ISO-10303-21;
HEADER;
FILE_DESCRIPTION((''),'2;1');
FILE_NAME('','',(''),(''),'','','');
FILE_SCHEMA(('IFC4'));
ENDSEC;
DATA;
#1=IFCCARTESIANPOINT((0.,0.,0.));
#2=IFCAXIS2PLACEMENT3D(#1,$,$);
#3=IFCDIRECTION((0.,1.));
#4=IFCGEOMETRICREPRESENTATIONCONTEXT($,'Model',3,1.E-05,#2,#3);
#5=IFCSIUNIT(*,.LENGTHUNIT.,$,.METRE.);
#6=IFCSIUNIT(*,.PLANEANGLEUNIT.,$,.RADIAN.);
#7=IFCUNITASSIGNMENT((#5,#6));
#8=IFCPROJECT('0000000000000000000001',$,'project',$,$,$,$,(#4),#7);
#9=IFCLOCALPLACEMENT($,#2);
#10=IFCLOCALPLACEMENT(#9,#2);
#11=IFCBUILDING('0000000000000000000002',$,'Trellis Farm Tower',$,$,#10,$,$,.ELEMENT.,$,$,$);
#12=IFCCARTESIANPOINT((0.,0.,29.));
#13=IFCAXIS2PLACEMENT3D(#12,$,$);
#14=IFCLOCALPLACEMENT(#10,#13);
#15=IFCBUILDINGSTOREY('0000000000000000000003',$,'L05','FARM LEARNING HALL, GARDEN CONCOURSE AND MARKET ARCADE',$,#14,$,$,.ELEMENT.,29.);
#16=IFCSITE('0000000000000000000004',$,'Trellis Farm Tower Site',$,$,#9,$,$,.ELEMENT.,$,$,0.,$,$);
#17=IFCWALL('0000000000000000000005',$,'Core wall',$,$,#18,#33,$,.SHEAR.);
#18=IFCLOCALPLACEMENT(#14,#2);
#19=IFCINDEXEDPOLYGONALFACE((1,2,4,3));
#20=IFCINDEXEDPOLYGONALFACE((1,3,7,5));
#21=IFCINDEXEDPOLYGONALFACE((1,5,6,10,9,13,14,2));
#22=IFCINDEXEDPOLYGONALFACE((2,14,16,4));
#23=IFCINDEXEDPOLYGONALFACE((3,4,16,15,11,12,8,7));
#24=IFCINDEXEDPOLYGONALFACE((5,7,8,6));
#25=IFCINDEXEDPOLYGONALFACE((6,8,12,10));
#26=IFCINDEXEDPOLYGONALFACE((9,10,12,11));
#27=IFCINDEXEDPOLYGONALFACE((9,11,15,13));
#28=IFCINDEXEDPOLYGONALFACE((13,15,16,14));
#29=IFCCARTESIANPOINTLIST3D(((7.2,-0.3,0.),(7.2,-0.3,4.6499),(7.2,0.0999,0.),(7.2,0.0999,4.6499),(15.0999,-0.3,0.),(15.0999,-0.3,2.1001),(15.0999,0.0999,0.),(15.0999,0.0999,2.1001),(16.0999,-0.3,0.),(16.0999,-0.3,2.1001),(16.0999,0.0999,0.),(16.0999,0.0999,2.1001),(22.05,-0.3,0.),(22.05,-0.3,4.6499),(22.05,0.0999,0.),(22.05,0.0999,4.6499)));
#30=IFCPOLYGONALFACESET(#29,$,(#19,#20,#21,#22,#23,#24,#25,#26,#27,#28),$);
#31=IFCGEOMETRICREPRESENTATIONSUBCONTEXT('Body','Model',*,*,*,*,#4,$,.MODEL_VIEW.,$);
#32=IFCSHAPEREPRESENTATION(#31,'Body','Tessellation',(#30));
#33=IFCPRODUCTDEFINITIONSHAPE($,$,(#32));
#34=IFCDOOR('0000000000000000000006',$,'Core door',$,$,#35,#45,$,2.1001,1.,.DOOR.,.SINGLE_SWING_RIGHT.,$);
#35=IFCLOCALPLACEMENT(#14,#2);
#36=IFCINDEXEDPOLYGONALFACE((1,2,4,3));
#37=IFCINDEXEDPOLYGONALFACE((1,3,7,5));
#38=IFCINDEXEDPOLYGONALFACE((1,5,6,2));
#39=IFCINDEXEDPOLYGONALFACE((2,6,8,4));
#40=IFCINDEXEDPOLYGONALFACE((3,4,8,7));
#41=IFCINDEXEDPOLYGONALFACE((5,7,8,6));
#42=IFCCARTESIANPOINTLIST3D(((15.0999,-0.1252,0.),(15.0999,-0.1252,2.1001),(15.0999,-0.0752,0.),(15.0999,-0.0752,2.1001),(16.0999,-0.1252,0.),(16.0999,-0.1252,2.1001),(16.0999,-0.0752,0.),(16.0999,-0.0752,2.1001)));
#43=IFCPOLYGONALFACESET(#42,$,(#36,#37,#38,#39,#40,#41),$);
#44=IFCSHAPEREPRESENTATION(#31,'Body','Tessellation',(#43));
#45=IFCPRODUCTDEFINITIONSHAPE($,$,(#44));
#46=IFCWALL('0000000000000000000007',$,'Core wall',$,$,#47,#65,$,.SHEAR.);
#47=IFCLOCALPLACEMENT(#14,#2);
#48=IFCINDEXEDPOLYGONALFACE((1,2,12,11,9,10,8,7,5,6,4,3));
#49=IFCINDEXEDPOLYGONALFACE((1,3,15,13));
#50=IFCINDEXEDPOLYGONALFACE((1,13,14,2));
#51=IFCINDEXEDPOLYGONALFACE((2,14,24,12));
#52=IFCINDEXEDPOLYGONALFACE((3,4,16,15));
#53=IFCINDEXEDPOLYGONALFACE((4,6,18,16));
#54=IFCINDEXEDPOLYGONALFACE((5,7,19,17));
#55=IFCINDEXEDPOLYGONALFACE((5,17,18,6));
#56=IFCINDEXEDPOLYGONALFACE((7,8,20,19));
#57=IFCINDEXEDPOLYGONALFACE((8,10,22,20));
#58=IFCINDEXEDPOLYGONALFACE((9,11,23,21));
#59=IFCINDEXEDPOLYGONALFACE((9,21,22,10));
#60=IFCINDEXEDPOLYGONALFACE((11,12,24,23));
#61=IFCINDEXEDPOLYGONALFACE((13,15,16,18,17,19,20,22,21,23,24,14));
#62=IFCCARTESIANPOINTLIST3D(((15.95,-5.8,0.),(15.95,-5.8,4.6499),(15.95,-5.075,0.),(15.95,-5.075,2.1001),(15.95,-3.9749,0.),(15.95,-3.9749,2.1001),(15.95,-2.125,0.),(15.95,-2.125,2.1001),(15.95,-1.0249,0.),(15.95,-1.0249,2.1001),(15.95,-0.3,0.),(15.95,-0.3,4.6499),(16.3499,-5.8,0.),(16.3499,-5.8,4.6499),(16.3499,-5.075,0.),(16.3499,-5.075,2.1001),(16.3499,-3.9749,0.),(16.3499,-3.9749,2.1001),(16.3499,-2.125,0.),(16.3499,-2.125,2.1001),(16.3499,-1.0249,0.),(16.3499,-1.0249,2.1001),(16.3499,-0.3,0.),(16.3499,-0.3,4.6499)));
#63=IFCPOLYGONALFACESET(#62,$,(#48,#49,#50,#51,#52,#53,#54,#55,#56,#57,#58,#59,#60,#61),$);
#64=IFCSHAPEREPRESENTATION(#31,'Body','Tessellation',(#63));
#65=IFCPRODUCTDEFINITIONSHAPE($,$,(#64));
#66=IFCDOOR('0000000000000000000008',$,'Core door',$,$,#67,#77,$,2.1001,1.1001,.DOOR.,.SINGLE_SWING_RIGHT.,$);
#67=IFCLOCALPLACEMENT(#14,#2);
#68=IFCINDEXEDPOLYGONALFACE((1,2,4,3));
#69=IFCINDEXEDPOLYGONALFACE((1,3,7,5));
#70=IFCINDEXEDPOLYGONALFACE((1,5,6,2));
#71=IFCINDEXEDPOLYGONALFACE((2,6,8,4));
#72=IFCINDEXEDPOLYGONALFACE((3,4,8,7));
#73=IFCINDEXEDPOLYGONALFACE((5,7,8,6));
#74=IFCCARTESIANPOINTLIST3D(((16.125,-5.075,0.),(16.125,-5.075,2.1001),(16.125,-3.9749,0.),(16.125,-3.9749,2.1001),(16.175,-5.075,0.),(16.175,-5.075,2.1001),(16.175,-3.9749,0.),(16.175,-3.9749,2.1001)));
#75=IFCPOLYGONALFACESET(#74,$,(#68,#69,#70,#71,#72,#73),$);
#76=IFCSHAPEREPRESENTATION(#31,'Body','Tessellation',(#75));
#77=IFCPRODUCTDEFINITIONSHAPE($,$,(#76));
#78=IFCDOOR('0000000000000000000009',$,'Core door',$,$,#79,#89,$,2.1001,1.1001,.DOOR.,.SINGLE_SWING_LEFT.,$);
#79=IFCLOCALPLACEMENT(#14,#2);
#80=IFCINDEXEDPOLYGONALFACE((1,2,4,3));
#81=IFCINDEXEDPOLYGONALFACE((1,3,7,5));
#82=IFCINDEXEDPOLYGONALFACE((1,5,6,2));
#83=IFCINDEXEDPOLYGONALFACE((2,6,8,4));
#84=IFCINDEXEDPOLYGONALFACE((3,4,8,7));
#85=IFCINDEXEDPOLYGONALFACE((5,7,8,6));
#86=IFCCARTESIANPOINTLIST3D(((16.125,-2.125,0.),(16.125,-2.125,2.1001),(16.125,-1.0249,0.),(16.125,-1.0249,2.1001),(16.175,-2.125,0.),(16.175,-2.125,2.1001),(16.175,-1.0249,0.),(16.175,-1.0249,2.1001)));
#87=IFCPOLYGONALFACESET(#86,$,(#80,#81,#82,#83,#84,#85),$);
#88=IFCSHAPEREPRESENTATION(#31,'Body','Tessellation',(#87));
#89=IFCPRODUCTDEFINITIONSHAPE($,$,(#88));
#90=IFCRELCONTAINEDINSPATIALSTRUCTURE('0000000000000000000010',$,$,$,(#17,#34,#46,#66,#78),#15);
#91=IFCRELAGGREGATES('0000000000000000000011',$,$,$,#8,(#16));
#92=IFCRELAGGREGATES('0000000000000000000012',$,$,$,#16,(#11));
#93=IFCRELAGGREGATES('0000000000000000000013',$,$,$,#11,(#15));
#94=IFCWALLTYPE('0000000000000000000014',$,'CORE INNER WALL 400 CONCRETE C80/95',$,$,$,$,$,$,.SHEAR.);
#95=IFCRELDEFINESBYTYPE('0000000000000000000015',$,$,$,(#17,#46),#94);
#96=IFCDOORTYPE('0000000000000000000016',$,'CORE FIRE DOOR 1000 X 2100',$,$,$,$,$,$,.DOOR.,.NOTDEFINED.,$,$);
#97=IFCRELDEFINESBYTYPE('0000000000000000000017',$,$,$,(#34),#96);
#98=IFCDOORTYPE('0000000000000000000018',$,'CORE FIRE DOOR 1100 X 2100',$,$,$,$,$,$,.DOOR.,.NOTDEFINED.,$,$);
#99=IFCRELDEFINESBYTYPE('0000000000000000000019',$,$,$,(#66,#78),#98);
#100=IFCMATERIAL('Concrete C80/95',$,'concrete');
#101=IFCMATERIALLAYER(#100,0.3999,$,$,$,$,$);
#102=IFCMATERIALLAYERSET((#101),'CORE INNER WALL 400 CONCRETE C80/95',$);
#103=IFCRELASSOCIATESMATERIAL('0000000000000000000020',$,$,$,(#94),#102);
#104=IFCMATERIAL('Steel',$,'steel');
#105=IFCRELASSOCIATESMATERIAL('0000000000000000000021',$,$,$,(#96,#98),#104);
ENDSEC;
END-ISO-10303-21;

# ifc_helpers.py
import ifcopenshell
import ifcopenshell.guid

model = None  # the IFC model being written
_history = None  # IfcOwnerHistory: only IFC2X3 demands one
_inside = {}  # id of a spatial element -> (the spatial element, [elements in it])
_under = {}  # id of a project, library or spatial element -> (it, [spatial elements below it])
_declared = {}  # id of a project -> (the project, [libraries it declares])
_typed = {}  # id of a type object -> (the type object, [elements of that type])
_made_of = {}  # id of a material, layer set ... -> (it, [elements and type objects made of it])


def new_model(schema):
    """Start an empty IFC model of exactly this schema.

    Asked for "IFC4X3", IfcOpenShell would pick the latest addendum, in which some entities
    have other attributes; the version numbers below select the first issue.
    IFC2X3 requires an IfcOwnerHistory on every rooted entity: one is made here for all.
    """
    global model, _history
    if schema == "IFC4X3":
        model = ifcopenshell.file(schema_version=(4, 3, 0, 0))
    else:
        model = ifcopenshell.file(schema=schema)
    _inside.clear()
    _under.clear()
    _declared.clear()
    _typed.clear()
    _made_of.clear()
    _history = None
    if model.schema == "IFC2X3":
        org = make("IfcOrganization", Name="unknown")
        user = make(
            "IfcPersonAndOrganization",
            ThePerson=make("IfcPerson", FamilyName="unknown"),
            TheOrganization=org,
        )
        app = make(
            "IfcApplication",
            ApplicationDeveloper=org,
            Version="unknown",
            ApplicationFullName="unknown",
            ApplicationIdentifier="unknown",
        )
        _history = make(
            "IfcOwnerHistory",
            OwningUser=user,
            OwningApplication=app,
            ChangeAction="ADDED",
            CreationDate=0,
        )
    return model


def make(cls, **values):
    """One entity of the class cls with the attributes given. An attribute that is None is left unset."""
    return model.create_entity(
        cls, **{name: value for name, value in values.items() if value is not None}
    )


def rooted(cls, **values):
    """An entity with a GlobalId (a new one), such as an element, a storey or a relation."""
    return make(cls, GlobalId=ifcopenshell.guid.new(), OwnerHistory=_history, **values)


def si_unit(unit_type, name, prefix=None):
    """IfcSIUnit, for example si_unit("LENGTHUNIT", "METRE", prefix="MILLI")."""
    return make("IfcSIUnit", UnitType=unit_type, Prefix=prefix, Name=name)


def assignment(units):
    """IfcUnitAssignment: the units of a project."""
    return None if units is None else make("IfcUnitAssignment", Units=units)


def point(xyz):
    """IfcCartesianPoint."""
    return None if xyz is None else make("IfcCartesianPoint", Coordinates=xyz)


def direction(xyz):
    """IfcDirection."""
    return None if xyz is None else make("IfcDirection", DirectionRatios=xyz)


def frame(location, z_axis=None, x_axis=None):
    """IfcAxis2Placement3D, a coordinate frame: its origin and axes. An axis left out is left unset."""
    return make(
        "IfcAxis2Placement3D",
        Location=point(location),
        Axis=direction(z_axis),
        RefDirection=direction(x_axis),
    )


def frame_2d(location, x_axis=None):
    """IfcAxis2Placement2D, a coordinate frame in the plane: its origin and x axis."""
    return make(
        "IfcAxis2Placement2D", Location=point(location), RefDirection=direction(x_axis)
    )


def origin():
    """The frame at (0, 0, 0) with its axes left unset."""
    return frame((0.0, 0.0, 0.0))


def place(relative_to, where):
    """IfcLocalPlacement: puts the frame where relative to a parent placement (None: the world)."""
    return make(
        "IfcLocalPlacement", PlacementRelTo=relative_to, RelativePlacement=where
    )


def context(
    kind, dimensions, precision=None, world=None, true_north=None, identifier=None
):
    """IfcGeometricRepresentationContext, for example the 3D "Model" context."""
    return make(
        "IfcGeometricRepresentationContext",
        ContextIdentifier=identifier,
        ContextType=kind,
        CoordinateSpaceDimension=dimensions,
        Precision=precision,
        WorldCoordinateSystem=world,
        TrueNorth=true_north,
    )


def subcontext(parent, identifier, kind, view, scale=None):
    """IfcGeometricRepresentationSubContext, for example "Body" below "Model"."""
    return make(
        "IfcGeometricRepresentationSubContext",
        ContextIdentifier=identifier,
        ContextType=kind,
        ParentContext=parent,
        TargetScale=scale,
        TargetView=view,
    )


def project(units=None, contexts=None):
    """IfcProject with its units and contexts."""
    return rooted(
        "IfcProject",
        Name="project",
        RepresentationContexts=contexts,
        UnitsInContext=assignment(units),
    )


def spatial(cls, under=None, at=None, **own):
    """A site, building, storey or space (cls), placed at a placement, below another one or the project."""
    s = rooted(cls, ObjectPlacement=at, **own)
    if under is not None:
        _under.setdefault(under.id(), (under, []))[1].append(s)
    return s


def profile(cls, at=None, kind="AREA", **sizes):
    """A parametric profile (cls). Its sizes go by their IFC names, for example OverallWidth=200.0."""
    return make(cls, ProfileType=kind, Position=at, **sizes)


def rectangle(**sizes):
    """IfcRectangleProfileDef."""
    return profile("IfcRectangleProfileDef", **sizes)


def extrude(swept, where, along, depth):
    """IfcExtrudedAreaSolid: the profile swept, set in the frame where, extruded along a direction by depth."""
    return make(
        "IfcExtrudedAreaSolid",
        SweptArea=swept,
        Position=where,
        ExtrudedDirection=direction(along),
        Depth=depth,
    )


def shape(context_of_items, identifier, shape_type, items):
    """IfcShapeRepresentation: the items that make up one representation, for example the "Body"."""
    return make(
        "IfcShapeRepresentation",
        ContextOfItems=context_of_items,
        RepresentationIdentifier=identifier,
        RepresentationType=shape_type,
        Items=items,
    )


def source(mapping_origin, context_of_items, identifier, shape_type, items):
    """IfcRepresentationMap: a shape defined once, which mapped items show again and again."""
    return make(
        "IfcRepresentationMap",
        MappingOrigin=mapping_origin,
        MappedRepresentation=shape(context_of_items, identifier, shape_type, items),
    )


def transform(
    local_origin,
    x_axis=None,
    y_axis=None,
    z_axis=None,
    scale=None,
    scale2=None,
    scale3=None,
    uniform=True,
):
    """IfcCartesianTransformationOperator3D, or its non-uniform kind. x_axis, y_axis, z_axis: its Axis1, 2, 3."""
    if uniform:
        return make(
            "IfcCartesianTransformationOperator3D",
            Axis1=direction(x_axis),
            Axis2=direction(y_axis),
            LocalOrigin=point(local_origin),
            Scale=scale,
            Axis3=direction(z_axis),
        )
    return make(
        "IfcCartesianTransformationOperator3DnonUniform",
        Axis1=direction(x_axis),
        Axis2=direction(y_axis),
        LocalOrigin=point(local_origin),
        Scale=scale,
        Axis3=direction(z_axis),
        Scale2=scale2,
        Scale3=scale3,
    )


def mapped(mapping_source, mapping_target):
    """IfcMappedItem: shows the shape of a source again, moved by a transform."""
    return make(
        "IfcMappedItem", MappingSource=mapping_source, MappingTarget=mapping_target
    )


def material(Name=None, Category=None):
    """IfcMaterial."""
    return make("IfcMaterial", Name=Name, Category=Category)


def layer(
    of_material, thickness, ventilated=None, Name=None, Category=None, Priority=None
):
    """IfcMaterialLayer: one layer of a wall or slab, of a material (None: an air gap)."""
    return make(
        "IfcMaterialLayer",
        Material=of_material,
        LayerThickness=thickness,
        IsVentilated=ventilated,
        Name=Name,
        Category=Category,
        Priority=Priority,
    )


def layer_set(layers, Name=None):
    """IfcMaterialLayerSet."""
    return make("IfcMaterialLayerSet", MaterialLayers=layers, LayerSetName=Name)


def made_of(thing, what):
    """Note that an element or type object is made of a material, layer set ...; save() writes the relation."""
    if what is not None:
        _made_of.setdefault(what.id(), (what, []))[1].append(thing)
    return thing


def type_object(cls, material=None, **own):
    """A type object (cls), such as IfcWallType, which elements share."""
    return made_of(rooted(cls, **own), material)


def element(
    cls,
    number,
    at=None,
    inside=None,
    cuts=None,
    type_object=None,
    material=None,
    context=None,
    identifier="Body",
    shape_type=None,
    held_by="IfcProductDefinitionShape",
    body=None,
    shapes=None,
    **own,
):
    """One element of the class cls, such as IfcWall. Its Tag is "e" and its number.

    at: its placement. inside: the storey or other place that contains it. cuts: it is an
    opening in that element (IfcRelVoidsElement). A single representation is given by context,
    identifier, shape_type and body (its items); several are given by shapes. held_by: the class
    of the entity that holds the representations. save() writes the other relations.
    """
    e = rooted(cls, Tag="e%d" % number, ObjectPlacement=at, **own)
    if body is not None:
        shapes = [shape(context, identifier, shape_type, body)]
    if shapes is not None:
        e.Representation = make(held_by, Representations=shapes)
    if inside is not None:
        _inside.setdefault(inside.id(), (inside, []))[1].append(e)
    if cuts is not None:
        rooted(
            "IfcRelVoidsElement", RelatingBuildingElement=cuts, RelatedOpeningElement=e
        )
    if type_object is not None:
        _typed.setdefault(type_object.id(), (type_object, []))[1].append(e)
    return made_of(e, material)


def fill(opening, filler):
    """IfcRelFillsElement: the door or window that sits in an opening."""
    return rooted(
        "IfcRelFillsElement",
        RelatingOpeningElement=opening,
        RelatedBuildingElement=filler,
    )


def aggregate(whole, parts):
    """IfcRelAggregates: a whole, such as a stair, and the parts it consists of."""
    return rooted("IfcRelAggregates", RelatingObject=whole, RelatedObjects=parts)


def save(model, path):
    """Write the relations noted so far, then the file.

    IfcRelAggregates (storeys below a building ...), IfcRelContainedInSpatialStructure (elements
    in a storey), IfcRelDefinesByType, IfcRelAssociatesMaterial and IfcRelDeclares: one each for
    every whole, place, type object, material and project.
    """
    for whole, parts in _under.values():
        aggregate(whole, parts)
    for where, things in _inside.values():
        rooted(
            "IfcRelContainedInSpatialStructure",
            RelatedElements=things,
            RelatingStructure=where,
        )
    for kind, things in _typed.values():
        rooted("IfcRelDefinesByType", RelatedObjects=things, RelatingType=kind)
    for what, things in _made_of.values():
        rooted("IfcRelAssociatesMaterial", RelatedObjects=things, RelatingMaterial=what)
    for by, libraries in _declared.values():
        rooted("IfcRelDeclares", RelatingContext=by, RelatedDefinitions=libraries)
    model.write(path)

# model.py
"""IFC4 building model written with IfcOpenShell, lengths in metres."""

from ifc_helpers import new_model, si_unit, direction, frame, frame_2d, origin, place, context, subcontext, project, spatial, rectangle, extrude, source, transform, mapped, material, layer, layer_set, type_object, element, fill, save


model = new_model("IFC4")

# Units and contexts
model_context = context("Model", 3, precision=1e-05, world=origin(), true_north=direction((0.0, 1.0)))
body_context = subcontext(model_context, "Body", "Model", "MODEL_VIEW")
ifc_project = project(units=[si_unit("LENGTHUNIT", "METRE"), si_unit("PLANEANGLEUNIT", "RADIAN")], contexts=[model_context])

# Site, building, storey
site_placement = place(None, origin())
site = spatial("IfcSite", under=ifc_project, at=site_placement, Name="Trellis Farm Tower Site", CompositionType="ELEMENT", RefElevation=0.0)
building_placement = place(site_placement, origin())
building = spatial("IfcBuilding", under=site, at=building_placement, Name="Trellis Farm Tower", CompositionType="ELEMENT")
storey_placement = place(building_placement, frame((0.0, 0.0, 29.0)))
storey = spatial("IfcBuildingStorey", under=building, at=storey_placement, Name="L05", Description="FARM LEARNING HALL, GARDEN CONCOURSE AND MARKET ARCADE", CompositionType="ELEMENT", Elevation=29.0)

# Shared definitions
ifc_material_1 = material(Name="Concrete C80/95", Category="concrete")

# Shared definitions
shared_shape_1 = source(origin(), body_context, "Body", "SweptSolid", [
    extrude(rectangle(XDim=1.0, YDim=2.1001, at=frame_2d((0.5, 1.05))), frame((0.0, 0.0249, 0.0), z_axis=(0.0, -1.0, 0.0), x_axis=(1.0, 0.0, 0.0)), (0.0, 0.0, 1.0), 0.05),
])
ifc_material_2 = material(Name="Steel", Category="steel")

# Shared definitions
ifc_layer_1 = layer(ifc_material_1, 0.3999)
ifc_layer_set_1 = layer_set([ifc_layer_1], Name="CORE INNER WALL 400 CONCRETE C80/95")
wall_type_1 = type_object("IfcWallType", Name="CORE INNER WALL 400 CONCRETE C80/95", PredefinedType="SHEAR", material=ifc_layer_set_1)

# Shared definitions
shared_shape_2 = source(origin(), body_context, "Body", "SweptSolid", [
    extrude(rectangle(XDim=1.1001, YDim=2.1001, at=frame_2d((0.55, 1.05))), frame((0.0, 0.21, 0.0), z_axis=(0.0, -1.0, 0.0), x_axis=(1.0, 0.0, 0.0)), (0.0, 0.0, 1.0), 0.4199),
])
shared_shape_3 = source(origin(), body_context, "Body", "SweptSolid", [
    extrude(rectangle(XDim=1.1001, YDim=2.1001, at=frame_2d((0.55, 1.05))), frame((0.0, 0.0249, 0.0), z_axis=(0.0, -1.0, 0.0), x_axis=(1.0, 0.0, 0.0)), (0.0, 0.0, 1.0), 0.05),
])

# Wall, opening, door
shared_shape_4 = source(origin(), body_context, "Body", "SweptSolid", [
    extrude(rectangle(XDim=14.8501, YDim=0.3999, at=frame_2d((7.425, 0.0))), origin(), (0.0, 0.0, 1.0), 4.6499),
])
wall_1_placement = place(storey_placement, frame((7.2, -0.1001, 0.0), z_axis=(0.0, 0.0, 1.0), x_axis=(1.0, 0.0, 0.0)))
wall_1 = element("IfcWall", 1, at=wall_1_placement, inside=storey, type_object=wall_type_1, Name="Core wall", PredefinedType="SHEAR", context=body_context, shape_type="MappedRepresentation", body=[
    mapped(shared_shape_4, transform((0.0, 0.0, 0.0))),
])
shared_shape_5 = source(origin(), body_context, "Body", "SweptSolid", [
    extrude(rectangle(XDim=1.0, YDim=2.1001, at=frame_2d((0.5, 1.05))), frame((0.0, 0.21, 0.0), z_axis=(0.0, -1.0, 0.0), x_axis=(1.0, 0.0, 0.0)), (0.0, 0.0, 1.0), 0.4199),
])
opening_1_placement = place(wall_1_placement, frame((7.8999, 0.0, 0.0)))
opening_1 = element("IfcOpeningElement", 2, at=opening_1_placement, cuts=wall_1, PredefinedType="OPENING", context=body_context, shape_type="MappedRepresentation", body=[
    mapped(shared_shape_5, transform((0.0, 0.0, 0.0))),
])
door_type_1 = type_object("IfcDoorType", Name="CORE FIRE DOOR 1000 X 2100", OperationType="NOTDEFINED", PredefinedType="DOOR", material=ifc_material_2)
door_1_placement = place(opening_1_placement, origin())
door_1 = element("IfcDoor", 3, at=door_1_placement, inside=storey, type_object=door_type_1, Name="Core door", OperationType="SINGLE_SWING_RIGHT", OverallHeight=2.1001, OverallWidth=1.0, PredefinedType="DOOR", context=body_context, shape_type="MappedRepresentation", body=[
    mapped(shared_shape_1, transform((0.0, 0.0, 0.0))),
])
fill(opening_1, door_1)

# Wall, openings, doors
shared_shape_6 = source(origin(), body_context, "Body", "SweptSolid", [
    extrude(rectangle(XDim=5.5, YDim=0.3999, at=frame_2d((2.75, 0.0))), origin(), (0.0, 0.0, 1.0), 4.6499),
])
wall_2_placement = place(storey_placement, frame((16.1499, -5.8, 0.0), z_axis=(0.0, 0.0, 1.0), x_axis=(0.0, 1.0, 0.0)))
wall_2 = element("IfcWall", 4, at=wall_2_placement, inside=storey, type_object=wall_type_1, Name="Core wall", PredefinedType="SHEAR", context=body_context, shape_type="MappedRepresentation", body=[
    mapped(shared_shape_6, transform((0.0, 0.0, 0.0))),
])
opening_2_placement = place(wall_2_placement, frame((0.7251, 0.0, 0.0)))
opening_2 = element("IfcOpeningElement", 5, at=opening_2_placement, cuts=wall_2, PredefinedType="OPENING", context=body_context, shape_type="MappedRepresentation", body=[
    mapped(shared_shape_2, transform((0.0, 0.0, 0.0))),
])
opening_3_placement = place(wall_2_placement, frame((3.675, 0.0, 0.0)))
opening_3 = element("IfcOpeningElement", 6, at=opening_3_placement, cuts=wall_2, PredefinedType="OPENING", context=body_context, shape_type="MappedRepresentation", body=[
    mapped(shared_shape_2, transform((0.0, 0.0, 0.0))),
])
door_type_2 = type_object("IfcDoorType", Name="CORE FIRE DOOR 1100 X 2100", OperationType="NOTDEFINED", PredefinedType="DOOR", material=ifc_material_2)
door_2_placement = place(opening_2_placement, origin())
door_2 = element("IfcDoor", 7, at=door_2_placement, inside=storey, type_object=door_type_2, Name="Core door", OperationType="SINGLE_SWING_RIGHT", OverallHeight=2.1001, OverallWidth=1.1001, PredefinedType="DOOR", context=body_context, shape_type="MappedRepresentation", body=[
    mapped(shared_shape_3, transform((0.0, 0.0, 0.0))),
])
fill(opening_2, door_2)
door_3_placement = place(opening_3_placement, origin())
door_3 = element("IfcDoor", 8, at=door_3_placement, inside=storey, type_object=door_type_2, Name="Core door", OperationType="SINGLE_SWING_LEFT", OverallHeight=2.1001, OverallWidth=1.1001, PredefinedType="DOOR", context=body_context, shape_type="MappedRepresentation", body=[
    mapped(shared_shape_3, transform((0.0, 0.0, 0.0))),
])
fill(opening_3, door_3)

save(model, "model.ifc")
